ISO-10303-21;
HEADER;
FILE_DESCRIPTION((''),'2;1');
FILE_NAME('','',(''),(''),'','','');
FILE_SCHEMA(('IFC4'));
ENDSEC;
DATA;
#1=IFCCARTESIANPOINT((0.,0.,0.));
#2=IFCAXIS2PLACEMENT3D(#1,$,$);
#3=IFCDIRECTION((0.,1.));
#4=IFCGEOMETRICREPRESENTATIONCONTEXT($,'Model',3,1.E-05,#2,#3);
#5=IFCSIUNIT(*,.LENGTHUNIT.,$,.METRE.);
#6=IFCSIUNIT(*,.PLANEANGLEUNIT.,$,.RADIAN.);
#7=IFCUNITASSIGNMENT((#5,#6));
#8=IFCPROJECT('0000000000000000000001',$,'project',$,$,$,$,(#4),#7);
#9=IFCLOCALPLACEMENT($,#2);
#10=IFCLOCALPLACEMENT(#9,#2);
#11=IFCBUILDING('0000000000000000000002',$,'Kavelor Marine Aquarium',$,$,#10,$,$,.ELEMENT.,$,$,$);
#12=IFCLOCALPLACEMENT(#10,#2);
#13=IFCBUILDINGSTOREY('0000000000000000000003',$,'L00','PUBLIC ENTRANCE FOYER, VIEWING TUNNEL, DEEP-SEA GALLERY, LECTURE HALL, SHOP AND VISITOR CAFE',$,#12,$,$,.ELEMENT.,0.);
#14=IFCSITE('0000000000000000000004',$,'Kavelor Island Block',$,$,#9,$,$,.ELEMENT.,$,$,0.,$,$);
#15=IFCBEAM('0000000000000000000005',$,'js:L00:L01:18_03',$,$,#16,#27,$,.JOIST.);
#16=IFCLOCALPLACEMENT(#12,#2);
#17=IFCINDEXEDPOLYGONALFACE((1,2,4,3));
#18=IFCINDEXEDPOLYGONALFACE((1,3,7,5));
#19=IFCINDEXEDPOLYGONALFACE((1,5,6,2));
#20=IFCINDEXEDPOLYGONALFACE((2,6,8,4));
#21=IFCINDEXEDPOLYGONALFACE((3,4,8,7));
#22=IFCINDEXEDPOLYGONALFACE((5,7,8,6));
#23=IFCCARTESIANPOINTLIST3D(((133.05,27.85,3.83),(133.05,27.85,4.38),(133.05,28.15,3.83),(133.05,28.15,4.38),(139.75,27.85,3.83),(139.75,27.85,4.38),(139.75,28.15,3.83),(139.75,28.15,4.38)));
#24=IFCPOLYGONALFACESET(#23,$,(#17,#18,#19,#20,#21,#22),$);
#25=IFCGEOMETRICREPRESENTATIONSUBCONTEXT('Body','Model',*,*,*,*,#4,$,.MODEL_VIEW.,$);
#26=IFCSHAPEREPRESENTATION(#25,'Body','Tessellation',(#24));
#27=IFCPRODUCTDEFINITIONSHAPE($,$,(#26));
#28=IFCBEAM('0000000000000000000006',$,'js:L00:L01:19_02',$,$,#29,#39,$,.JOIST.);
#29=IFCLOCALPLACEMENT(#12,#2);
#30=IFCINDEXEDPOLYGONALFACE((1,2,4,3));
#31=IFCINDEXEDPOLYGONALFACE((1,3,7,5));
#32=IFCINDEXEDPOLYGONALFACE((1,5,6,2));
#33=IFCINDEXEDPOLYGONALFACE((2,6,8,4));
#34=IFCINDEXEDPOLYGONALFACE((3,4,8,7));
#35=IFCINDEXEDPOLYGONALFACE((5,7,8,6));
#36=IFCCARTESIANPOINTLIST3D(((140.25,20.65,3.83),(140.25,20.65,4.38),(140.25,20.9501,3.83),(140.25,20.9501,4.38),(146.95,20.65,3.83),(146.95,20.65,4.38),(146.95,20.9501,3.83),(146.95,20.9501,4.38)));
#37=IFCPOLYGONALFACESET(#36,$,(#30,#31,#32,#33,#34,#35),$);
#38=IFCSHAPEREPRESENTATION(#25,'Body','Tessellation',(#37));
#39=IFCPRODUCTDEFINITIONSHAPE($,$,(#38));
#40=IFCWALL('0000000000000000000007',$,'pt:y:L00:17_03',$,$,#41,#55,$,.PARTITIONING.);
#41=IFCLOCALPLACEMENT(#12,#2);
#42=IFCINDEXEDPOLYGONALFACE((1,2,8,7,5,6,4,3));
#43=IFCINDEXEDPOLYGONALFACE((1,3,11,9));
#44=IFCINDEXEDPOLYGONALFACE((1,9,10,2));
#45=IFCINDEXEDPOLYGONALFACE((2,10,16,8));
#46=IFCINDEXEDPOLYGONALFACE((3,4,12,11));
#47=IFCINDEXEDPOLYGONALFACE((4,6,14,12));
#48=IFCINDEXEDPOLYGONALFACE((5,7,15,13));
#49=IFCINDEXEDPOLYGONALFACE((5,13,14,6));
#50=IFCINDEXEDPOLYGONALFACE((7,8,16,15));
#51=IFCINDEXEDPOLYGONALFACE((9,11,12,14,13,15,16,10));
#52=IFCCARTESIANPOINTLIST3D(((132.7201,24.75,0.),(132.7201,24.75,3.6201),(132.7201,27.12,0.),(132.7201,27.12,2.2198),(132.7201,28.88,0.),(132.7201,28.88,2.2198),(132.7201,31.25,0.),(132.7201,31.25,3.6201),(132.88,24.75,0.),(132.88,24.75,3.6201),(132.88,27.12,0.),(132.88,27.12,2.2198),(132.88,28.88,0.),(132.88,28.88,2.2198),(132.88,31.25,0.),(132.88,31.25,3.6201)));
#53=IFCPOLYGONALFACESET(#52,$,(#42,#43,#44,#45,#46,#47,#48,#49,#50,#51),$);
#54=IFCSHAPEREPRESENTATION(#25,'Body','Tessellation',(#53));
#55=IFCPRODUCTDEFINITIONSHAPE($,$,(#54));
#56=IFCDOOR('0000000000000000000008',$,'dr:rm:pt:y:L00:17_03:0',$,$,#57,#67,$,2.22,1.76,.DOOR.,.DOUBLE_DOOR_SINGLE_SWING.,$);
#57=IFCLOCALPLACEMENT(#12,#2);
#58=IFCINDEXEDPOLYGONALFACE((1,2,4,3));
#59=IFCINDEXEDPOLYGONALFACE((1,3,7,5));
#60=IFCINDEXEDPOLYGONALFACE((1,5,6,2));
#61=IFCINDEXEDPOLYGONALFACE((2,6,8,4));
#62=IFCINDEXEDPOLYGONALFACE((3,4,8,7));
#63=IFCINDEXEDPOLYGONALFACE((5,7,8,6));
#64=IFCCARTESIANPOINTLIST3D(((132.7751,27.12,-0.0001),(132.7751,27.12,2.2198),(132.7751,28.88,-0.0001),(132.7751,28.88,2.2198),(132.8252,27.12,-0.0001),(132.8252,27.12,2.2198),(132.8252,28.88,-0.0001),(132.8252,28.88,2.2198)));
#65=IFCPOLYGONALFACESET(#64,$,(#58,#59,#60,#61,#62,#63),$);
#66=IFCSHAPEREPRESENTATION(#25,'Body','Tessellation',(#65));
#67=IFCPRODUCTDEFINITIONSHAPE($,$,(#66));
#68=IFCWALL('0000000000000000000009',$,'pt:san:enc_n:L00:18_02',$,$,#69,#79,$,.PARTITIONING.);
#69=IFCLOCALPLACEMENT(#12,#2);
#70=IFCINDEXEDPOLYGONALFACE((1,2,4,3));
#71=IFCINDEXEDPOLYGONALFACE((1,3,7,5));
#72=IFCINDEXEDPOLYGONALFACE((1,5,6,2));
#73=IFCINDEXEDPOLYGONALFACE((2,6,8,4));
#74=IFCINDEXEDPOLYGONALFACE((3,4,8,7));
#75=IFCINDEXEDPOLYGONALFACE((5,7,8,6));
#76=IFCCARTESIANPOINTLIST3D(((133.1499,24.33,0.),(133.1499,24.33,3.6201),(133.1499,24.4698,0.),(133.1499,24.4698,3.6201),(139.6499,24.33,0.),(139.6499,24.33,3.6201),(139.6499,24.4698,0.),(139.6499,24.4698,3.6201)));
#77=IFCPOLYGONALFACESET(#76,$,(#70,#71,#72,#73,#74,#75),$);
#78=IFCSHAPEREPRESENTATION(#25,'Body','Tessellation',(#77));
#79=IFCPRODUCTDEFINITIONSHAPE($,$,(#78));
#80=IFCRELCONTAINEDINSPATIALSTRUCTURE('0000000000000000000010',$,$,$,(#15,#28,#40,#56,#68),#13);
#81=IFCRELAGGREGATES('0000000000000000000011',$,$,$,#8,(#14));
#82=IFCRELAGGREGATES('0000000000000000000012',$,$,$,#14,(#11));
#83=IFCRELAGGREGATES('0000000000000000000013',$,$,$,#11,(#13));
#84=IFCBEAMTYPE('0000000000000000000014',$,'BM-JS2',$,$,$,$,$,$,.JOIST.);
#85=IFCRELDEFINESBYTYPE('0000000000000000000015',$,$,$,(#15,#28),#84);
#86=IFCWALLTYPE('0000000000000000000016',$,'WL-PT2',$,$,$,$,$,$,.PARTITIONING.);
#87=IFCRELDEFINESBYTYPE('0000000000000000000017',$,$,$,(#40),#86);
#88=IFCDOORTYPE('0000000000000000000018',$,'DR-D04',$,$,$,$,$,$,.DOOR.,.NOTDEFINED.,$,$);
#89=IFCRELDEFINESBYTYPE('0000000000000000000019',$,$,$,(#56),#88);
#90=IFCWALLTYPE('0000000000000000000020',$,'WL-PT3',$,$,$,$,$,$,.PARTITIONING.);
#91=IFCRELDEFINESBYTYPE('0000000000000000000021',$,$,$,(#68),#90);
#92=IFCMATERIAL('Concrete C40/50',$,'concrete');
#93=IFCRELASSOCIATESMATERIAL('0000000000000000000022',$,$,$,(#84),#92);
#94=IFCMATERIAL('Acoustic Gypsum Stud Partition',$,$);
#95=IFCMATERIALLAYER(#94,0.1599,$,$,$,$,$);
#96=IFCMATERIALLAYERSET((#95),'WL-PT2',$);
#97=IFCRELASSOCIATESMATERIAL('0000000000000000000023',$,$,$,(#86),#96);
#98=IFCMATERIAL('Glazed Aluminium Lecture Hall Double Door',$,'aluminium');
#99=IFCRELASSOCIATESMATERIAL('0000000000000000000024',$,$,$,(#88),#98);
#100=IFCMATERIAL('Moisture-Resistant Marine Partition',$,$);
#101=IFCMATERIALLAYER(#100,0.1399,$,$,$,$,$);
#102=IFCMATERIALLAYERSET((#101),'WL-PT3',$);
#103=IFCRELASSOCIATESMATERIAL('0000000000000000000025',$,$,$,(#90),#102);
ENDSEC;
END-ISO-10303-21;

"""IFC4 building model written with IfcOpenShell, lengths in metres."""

from ifc_helpers import new_model, si_unit, direction, frame, frame_2d, origin, origin_2d, place, context, subcontext, project, spatial, rectangle, extrude, material, layer, layer_set, material_profile, profile_set, type_object, element, fill, save


model = new_model("IFC4")

# Units and contexts
model_context = context("Model", 3, precision=1e-05, world=origin(), true_north=direction((0.0, 1.0)))
body_context = subcontext(model_context, "Body", "Model", "MODEL_VIEW")
ifc_project = project(units=[si_unit("LENGTHUNIT", "METRE"), si_unit("PLANEANGLEUNIT", "RADIAN")], contexts=[model_context])

# Site, building, storey
site_placement = place(None, origin())
site = spatial("IfcSite", under=ifc_project, at=site_placement, Name="Kavelor Island Block", CompositionType="ELEMENT", RefElevation=0.0)
building_placement = place(site_placement, origin())
building = spatial("IfcBuilding", under=site, at=building_placement, Name="Kavelor Marine Aquarium", CompositionType="ELEMENT")
storey_placement = place(building_placement, origin())
storey = spatial("IfcBuildingStorey", under=building, at=storey_placement, Name="L00", Description="PUBLIC ENTRANCE FOYER, VIEWING TUNNEL, DEEP-SEA GALLERY, LECTURE HALL, SHOP AND VISITOR CAFE", CompositionType="ELEMENT", Elevation=0.0)

# Beams
ifc_material_1 = material(Name="Concrete C40/50", Category="concrete")
ifc_material_profile_1 = material_profile(ifc_material_1, rectangle(XDim=0.3, YDim=0.55, at=origin_2d()), Name="RC-JS 300x550")
ifc_profile_set_1 = profile_set([ifc_material_profile_1], Name="Concrete C40/50")
beam_type_1 = type_object("IfcBeamType", Name="BM-JS2", PredefinedType="JOIST", material=ifc_profile_set_1)
for number, where, z_axis, x_axis, name in (
    (1, (133.05, 28.0, 4.105), (1.0, 0.0, 0.0), (0.0, 1.0, 0.0), "js:L00:L01:18_03"),
    (2, (140.25, 20.8, 4.105), (1.0, 0.0, 0.0), (0.0, 1.0, 0.0), "js:L00:L01:19_02"),
):
    element("IfcBeam", number, at=place(storey_placement, frame(where, z_axis=z_axis, x_axis=x_axis)), inside=storey, type_object=beam_type_1, Name=name, PredefinedType="JOIST", context=body_context, shape_type="SweptSolid", body=[
        extrude(rectangle(XDim=0.3, YDim=0.55, at=origin_2d()), origin(), (0.0, 0.0, 1.0), 6.7),
    ])

# Wall, opening, door
ifc_material_2 = material(Name="Acoustic Gypsum Stud Partition")
ifc_layer_1 = layer(ifc_material_2, 0.1599)
ifc_layer_set_1 = layer_set([ifc_layer_1], Name="WL-PT2")
wall_type_1 = type_object("IfcWallType", Name="WL-PT2", PredefinedType="PARTITIONING", material=ifc_layer_set_1)
wall_1_placement = place(storey_placement, frame((132.8, 24.75, 0.0), z_axis=(0.0, 0.0, 1.0), x_axis=(0.0, 1.0, 0.0)))
wall_1 = element("IfcWall", 3, at=wall_1_placement, inside=storey, type_object=wall_type_1, Name="pt:y:L00:17_03", PredefinedType="PARTITIONING", context=body_context, shape_type="SweptSolid", body=[
    extrude(rectangle(XDim=6.5, YDim=0.1599, at=frame_2d((3.25, 0.0))), origin(), (0.0, 0.0, 1.0), 3.6201),
])
opening_placement = place(wall_1_placement, frame((2.3701, 0.0, 0.0)))
opening = element("IfcOpeningElement", 4, at=opening_placement, cuts=wall_1, PredefinedType="OPENING", context=body_context, shape_type="SweptSolid", body=[
    extrude(rectangle(XDim=1.76, YDim=2.22, at=frame_2d((0.8799, 1.1099))), frame((0.0, 0.0898, 0.0), z_axis=(0.0, -1.0, 0.0), x_axis=(1.0, 0.0, 0.0)), (0.0, 0.0, 1.0), 0.1799),
])
ifc_material_3 = material(Name="Glazed Aluminium Lecture Hall Double Door", Category="aluminium")
door_type = type_object("IfcDoorType", Name="DR-D04", OperationType="NOTDEFINED", PredefinedType="DOOR", material=ifc_material_3)
door_placement = place(opening_placement, origin())
door = element("IfcDoor", 5, at=door_placement, inside=storey, type_object=door_type, Name="dr:rm:pt:y:L00:17_03:0", OperationType="DOUBLE_DOOR_SINGLE_SWING", OverallHeight=2.22, OverallWidth=1.76, PredefinedType="DOOR", context=body_context, shape_type="SweptSolid", body=[
    extrude(rectangle(XDim=1.76, YDim=2.22, at=frame_2d((0.8799, 1.1099))), frame((0.0, 0.0249, 0.0), z_axis=(0.0, -1.0, 0.0), x_axis=(1.0, 0.0, 0.0)), (0.0, 0.0, 1.0), 0.05),
])
fill(opening, door)

# Wall
ifc_material_4 = material(Name="Moisture-Resistant Marine Partition")
ifc_layer_2 = layer(ifc_material_4, 0.1399)
ifc_layer_set_2 = layer_set([ifc_layer_2], Name="WL-PT3")
wall_type_2 = type_object("IfcWallType", Name="WL-PT3", PredefinedType="PARTITIONING", material=ifc_layer_set_2)
wall_2_placement = place(storey_placement, frame((133.1499, 24.3999, 0.0), z_axis=(0.0, 0.0, 1.0), x_axis=(1.0, 0.0, 0.0)))
element("IfcWall", 6, at=wall_2_placement, inside=storey, type_object=wall_type_2, Name="pt:san:enc_n:L00:18_02", PredefinedType="PARTITIONING", context=body_context, shape_type="SweptSolid", body=[
    extrude(rectangle(XDim=6.5, YDim=0.1399, at=frame_2d((3.25, 0.0))), origin(), (0.0, 0.0, 1.0), 3.6201),
])

save(model, "model.ifc")
